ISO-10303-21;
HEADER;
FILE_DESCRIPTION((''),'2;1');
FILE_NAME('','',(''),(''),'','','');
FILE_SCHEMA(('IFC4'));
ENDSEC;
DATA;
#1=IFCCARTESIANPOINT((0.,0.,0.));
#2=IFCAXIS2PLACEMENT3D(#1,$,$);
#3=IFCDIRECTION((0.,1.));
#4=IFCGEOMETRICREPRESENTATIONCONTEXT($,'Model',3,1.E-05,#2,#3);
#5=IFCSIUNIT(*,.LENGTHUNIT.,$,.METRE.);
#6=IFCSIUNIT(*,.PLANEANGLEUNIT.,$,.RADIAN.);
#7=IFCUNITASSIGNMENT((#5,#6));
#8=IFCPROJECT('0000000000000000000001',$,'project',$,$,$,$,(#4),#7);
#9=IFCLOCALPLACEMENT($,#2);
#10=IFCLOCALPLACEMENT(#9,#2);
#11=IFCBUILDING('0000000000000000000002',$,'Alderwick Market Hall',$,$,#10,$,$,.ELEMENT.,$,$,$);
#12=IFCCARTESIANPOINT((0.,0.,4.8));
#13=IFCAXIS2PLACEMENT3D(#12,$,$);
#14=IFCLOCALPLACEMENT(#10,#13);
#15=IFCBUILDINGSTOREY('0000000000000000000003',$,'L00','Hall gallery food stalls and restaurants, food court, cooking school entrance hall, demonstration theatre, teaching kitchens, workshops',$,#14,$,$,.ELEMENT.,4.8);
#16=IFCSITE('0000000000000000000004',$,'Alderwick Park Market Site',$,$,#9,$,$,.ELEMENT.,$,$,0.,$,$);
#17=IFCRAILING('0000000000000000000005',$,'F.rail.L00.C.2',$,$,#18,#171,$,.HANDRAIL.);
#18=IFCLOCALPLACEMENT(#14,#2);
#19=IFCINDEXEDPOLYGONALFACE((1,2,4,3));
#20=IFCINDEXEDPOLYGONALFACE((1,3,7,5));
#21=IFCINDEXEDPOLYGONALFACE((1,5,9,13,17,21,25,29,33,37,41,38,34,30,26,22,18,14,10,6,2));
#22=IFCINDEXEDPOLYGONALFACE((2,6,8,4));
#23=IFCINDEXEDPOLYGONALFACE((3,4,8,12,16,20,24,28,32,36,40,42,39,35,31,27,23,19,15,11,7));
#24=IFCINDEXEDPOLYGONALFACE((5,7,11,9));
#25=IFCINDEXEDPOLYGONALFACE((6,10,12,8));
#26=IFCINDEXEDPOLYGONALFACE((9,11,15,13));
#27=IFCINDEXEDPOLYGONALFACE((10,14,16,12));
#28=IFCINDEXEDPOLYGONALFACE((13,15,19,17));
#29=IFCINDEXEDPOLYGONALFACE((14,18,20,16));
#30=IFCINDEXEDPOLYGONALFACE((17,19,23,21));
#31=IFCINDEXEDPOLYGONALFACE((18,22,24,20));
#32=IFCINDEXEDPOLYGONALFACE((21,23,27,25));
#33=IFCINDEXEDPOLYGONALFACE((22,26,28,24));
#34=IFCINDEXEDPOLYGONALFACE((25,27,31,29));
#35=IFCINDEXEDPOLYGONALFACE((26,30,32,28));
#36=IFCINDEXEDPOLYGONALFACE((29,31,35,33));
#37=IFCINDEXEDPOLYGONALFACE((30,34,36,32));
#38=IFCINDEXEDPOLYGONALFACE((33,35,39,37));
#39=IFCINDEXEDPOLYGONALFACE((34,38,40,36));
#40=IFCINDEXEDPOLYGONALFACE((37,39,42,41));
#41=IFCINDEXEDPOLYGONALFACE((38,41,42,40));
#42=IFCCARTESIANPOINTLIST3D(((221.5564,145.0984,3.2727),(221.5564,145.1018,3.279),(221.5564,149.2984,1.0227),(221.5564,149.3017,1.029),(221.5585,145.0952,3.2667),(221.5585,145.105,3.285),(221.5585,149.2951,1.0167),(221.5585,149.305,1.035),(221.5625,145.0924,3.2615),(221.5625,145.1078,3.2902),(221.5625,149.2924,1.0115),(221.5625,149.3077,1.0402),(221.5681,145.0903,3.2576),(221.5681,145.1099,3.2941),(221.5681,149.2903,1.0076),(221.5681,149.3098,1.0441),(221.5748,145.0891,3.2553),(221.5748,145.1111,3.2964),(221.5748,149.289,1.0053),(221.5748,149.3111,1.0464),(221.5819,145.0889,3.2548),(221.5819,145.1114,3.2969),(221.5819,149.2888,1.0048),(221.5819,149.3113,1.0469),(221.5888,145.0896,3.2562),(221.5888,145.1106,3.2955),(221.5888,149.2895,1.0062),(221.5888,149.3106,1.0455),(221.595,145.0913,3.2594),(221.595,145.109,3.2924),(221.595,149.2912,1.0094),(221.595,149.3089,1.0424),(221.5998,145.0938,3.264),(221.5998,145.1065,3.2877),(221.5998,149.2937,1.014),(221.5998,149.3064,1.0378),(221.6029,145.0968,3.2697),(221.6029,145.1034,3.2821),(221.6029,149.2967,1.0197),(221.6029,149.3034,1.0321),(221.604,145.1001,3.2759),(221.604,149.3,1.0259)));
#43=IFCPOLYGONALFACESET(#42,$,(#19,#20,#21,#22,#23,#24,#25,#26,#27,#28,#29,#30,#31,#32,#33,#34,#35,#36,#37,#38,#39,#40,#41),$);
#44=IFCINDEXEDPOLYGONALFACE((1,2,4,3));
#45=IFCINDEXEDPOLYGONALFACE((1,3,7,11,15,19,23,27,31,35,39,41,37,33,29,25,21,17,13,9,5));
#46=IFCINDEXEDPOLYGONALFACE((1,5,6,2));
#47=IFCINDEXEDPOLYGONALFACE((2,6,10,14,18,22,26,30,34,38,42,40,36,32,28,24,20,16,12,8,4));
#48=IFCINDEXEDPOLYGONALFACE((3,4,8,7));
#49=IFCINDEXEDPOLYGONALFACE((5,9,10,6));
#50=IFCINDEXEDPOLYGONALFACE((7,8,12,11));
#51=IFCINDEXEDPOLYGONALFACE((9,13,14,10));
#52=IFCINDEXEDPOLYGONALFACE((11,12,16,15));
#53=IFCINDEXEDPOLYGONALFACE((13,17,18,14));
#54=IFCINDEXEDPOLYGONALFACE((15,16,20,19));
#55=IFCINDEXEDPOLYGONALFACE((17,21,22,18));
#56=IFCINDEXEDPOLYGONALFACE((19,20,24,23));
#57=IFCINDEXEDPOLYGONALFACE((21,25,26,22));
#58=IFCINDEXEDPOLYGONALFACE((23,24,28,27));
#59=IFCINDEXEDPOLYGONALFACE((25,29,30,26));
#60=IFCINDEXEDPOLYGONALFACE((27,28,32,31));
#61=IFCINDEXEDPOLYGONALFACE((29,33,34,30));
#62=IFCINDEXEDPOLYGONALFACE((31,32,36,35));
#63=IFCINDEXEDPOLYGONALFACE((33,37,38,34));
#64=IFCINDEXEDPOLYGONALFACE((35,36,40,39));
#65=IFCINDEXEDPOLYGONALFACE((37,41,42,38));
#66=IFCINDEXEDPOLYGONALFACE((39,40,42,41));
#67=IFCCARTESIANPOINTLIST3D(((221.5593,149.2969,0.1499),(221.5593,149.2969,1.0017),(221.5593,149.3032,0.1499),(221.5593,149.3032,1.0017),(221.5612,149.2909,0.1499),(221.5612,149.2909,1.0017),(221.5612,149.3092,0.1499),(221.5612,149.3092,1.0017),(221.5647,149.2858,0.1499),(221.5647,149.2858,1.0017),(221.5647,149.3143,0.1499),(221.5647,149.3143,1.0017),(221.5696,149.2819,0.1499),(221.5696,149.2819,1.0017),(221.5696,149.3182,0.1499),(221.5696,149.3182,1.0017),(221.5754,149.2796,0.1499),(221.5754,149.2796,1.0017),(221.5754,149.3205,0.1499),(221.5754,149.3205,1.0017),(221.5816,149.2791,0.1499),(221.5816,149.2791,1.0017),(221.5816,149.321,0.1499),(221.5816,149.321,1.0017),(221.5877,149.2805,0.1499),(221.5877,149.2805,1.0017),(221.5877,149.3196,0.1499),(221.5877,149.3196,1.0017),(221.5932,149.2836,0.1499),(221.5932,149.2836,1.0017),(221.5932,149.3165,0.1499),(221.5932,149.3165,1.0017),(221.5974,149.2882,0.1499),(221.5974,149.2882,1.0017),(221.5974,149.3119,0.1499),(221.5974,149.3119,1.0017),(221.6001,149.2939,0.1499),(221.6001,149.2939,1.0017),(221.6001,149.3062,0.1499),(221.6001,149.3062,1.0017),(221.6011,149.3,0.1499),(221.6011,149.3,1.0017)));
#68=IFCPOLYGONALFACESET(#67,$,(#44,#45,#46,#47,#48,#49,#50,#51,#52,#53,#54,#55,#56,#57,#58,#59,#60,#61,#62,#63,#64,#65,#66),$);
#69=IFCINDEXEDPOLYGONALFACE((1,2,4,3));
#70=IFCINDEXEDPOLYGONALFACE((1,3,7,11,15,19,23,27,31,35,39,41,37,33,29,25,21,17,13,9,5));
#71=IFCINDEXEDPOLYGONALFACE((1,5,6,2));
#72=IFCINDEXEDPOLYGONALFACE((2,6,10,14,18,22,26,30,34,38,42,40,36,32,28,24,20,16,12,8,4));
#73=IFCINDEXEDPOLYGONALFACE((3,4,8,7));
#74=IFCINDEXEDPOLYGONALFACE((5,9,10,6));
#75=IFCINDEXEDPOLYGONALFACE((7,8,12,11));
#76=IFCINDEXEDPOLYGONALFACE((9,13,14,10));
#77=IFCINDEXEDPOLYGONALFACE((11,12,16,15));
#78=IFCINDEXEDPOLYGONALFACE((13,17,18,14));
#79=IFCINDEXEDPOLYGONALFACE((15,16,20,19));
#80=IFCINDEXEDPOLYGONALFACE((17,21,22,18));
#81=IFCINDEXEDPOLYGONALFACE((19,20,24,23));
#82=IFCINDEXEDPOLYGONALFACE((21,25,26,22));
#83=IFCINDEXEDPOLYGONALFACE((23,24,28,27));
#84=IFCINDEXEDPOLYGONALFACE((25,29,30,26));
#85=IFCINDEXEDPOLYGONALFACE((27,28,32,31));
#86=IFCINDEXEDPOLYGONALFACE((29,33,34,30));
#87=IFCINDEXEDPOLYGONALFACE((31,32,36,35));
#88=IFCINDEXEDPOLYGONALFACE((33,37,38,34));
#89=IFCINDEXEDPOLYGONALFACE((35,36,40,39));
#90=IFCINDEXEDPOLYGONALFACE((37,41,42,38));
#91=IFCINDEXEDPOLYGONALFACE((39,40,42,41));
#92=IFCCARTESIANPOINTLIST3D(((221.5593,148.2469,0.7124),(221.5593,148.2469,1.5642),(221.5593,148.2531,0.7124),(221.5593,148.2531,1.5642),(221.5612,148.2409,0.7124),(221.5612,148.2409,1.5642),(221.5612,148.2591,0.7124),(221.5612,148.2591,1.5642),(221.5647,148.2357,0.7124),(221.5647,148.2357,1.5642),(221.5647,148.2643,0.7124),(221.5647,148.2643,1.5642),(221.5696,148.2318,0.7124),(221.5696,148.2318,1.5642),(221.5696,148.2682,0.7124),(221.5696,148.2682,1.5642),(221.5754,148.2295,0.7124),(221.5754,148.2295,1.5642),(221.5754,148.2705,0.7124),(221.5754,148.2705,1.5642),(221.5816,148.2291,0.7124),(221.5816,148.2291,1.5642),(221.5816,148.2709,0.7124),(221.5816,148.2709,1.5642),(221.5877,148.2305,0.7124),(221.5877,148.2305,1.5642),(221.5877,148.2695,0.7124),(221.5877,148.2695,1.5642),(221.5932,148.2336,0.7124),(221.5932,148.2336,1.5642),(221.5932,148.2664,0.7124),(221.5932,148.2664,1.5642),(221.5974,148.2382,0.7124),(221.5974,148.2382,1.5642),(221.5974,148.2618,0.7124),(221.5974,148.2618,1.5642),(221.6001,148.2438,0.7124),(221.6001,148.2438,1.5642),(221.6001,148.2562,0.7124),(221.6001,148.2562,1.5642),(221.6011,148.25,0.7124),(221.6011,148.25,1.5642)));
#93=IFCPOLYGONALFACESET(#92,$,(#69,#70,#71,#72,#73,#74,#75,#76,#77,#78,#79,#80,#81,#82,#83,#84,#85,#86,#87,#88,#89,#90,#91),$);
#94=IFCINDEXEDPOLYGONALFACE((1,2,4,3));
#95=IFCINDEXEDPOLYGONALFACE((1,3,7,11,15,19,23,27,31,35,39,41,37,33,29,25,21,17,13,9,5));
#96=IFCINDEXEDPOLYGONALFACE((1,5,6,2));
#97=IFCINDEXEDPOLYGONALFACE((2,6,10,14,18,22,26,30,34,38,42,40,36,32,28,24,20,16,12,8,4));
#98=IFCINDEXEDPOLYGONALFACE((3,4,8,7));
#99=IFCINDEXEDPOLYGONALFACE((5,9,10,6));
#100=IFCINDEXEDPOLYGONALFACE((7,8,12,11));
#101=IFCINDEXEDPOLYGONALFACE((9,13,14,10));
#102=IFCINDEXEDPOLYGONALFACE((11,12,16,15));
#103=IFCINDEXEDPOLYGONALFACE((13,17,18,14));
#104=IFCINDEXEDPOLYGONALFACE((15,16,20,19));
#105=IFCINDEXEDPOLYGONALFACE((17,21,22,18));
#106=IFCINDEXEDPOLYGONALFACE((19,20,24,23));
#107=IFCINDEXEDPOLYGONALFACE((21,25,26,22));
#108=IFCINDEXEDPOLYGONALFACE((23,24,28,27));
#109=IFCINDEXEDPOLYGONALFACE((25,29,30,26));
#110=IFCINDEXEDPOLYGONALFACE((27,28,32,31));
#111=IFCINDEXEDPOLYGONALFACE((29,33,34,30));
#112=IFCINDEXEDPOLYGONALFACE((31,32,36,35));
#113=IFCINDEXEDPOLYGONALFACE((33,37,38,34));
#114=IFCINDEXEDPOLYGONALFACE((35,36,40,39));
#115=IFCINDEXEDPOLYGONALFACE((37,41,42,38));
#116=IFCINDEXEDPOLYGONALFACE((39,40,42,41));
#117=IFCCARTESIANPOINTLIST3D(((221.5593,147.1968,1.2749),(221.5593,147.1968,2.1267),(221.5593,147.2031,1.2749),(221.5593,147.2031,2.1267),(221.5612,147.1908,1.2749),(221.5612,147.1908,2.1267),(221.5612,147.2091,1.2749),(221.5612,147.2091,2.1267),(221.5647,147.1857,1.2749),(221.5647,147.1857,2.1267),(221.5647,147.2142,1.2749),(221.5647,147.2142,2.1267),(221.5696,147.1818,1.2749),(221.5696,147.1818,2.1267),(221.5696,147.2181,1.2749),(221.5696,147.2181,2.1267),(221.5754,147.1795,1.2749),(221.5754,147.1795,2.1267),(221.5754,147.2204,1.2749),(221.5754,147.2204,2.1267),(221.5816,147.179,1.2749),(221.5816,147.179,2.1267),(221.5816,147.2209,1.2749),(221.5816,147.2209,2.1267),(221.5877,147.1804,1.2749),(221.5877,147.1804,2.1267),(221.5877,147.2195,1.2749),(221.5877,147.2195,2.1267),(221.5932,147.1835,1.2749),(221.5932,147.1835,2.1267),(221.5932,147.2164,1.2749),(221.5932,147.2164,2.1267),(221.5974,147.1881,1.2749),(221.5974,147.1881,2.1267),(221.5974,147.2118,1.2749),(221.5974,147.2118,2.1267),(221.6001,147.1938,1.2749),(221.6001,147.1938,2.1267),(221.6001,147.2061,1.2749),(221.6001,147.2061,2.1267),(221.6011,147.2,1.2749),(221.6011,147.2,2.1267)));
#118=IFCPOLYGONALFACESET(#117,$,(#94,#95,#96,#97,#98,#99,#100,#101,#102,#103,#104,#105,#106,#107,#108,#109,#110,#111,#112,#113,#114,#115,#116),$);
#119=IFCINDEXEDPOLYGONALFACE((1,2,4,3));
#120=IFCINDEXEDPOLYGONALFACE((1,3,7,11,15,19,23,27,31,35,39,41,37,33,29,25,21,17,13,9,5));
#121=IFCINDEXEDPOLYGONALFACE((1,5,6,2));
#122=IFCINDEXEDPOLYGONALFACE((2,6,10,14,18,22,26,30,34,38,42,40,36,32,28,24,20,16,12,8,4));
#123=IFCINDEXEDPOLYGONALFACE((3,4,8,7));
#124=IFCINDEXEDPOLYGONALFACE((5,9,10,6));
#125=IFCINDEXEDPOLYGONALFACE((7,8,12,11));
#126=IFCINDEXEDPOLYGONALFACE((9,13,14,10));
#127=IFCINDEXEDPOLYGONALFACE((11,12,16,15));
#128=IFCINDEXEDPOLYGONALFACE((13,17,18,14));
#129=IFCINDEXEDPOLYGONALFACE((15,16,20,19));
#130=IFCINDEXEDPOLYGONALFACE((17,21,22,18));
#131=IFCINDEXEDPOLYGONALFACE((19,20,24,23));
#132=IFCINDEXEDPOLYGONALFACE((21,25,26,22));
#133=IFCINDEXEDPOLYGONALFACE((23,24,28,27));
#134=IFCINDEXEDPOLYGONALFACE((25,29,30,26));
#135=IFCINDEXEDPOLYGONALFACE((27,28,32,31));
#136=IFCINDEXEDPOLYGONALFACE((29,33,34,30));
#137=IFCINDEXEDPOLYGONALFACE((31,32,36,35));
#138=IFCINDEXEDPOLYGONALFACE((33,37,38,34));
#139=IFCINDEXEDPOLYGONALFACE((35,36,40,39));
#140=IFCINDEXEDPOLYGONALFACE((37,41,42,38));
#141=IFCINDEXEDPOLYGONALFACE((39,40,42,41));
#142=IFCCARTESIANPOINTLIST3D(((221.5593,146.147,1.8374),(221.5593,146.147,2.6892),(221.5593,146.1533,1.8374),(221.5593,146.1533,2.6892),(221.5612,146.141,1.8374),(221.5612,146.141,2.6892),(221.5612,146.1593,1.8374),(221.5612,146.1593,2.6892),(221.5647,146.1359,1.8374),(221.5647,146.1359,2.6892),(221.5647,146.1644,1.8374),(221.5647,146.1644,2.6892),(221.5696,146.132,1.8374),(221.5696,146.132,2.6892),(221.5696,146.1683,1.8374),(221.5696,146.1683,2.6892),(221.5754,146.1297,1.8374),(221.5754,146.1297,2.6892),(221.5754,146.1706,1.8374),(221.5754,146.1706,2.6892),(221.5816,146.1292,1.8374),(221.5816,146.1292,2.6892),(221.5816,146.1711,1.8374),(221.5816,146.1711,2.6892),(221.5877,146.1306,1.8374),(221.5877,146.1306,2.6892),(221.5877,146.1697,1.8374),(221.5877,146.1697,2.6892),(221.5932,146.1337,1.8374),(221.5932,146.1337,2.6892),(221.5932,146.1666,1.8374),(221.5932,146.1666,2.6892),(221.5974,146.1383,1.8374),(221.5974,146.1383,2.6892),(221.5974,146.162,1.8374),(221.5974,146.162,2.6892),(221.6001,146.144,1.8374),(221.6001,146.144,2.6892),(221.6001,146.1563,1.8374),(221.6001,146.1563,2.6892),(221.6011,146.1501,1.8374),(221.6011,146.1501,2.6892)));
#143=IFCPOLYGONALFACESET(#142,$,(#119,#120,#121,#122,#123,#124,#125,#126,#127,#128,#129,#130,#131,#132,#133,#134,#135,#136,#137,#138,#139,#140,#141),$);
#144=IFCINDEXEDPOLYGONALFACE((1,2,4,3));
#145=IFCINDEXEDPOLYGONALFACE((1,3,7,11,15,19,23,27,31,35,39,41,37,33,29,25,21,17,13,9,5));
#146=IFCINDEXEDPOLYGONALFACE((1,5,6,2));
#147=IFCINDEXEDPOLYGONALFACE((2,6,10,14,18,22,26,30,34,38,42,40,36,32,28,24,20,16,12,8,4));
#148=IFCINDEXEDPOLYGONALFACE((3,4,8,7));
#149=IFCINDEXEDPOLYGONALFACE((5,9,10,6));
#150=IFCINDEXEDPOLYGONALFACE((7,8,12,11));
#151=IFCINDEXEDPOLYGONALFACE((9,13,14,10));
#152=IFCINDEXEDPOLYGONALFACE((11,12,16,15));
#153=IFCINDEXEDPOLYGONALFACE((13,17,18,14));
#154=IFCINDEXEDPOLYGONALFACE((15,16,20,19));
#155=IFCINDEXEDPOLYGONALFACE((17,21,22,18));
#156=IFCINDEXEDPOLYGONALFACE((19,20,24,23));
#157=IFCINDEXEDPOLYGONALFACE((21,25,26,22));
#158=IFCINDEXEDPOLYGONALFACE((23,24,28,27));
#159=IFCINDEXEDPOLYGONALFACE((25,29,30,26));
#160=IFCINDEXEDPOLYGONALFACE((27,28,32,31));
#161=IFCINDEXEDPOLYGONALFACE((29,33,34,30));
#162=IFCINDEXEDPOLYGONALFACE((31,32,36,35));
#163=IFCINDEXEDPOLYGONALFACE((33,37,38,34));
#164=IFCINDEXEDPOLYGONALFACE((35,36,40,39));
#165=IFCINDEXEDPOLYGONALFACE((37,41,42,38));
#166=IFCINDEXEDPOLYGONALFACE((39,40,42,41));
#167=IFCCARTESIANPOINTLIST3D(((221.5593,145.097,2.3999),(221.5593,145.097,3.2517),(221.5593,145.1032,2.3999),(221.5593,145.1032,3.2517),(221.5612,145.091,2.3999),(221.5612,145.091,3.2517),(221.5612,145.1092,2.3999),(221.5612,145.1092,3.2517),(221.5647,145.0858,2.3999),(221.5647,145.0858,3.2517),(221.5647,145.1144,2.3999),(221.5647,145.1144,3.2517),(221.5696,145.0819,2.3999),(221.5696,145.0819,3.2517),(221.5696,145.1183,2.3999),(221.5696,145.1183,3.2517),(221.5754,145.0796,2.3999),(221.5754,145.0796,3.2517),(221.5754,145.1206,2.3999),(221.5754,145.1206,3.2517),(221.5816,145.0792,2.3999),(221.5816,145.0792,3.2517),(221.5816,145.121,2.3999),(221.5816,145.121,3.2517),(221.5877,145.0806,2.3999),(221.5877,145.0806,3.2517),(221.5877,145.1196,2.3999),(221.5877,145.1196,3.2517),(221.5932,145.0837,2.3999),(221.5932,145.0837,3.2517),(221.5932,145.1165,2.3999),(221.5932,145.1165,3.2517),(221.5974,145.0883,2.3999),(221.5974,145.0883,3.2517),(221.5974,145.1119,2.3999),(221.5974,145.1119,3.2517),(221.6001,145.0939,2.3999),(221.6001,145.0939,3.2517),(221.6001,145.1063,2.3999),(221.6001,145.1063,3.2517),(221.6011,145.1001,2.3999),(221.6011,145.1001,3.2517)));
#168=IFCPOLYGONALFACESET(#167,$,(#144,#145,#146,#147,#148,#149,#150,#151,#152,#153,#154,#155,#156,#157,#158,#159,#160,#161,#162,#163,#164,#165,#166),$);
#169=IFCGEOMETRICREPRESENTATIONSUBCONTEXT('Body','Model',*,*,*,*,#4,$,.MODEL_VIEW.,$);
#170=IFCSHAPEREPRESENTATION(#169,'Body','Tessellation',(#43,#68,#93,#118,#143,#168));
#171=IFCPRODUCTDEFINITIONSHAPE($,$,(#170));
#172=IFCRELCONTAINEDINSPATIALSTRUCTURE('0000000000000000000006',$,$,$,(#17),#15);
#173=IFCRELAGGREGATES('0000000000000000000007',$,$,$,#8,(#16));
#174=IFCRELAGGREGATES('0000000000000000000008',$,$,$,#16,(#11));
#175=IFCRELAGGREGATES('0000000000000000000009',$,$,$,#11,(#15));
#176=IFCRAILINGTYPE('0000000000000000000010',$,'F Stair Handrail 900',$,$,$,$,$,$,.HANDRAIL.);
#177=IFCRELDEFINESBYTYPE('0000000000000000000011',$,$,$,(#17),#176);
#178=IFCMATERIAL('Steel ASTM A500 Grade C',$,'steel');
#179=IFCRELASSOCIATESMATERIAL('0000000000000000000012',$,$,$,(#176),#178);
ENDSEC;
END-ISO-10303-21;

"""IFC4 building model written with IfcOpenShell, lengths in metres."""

from ifc_helpers import new_model, si_unit, direction, frame, origin, origin_2d, place, context, subcontext, project, spatial, circle, extrude, material, type_object, element, save


model = new_model("IFC4")

# Units and contexts
model_context = context("Model", 3, precision=1e-05, world=origin(), true_north=direction((0.0, 1.0)))
body_context = subcontext(model_context, "Body", "Model", "MODEL_VIEW")
ifc_project = project(units=[si_unit("LENGTHUNIT", "METRE"), si_unit("PLANEANGLEUNIT", "RADIAN")], contexts=[model_context])

# Site, building, storey
site_placement = place(None, origin())
site = spatial("IfcSite", under=ifc_project, at=site_placement, Name="Alderwick Park Market Site", CompositionType="ELEMENT", RefElevation=0.0)
building_placement = place(site_placement, origin())
building = spatial("IfcBuilding", under=site, at=building_placement, Name="Alderwick Market Hall", CompositionType="ELEMENT")
storey_placement = place(building_placement, frame((0.0, 0.0, 4.8)))
storey = spatial("IfcBuildingStorey", under=building, at=storey_placement, Name="L00", Description="Hall gallery food stalls and restaurants, food court, cooking school entrance hall, demonstration theatre, teaching kitchens, workshops", CompositionType="ELEMENT", Elevation=4.8)

# Railing
ifc_material_1 = material(Name="Steel ASTM A500 Grade C", Category="steel")
railing_type_1 = type_object("IfcRailingType", Name="F Stair Handrail 900", PredefinedType="HANDRAIL", material=ifc_material_1)
for number, where, name in (
    (1, (221.5801, 149.3, 0.1499), "F.rail.L00.C.2"),
):
    element("IfcRailing", number, at=place(storey_placement, frame(where)), inside=storey, type_object=railing_type_1, Name=name, PredefinedType="HANDRAIL", context=body_context, shape_type="SweptSolid", body=[
        extrude(circle(Radius=0.0239, at=origin_2d()), frame((0.0, 0.0, 0.876), z_axis=(0.0, -0.881478, 0.472226), x_axis=(1.0, 0.0, 0.0)), (0.0, 0.0, 1.0), 4.7646),
        extrude(circle(Radius=0.021, at=origin_2d()), origin(), (0.0, 0.0, 1.0), 0.8518),
        extrude(circle(Radius=0.021, at=origin_2d()), frame((0.0, -1.05, 0.5625)), (0.0, 0.0, 1.0), 0.8518),
        extrude(circle(Radius=0.021, at=origin_2d()), frame((0.0, -2.1001, 1.125)), (0.0, 0.0, 1.0), 0.8518),
        extrude(circle(Radius=0.021, at=origin_2d()), frame((0.0, -3.1499, 1.6875)), (0.0, 0.0, 1.0), 0.8518),
        extrude(circle(Radius=0.021, at=origin_2d()), frame((0.0, -4.2, 2.25)), (0.0, 0.0, 1.0), 0.8518),
    ])

save(model, "model.ifc")
